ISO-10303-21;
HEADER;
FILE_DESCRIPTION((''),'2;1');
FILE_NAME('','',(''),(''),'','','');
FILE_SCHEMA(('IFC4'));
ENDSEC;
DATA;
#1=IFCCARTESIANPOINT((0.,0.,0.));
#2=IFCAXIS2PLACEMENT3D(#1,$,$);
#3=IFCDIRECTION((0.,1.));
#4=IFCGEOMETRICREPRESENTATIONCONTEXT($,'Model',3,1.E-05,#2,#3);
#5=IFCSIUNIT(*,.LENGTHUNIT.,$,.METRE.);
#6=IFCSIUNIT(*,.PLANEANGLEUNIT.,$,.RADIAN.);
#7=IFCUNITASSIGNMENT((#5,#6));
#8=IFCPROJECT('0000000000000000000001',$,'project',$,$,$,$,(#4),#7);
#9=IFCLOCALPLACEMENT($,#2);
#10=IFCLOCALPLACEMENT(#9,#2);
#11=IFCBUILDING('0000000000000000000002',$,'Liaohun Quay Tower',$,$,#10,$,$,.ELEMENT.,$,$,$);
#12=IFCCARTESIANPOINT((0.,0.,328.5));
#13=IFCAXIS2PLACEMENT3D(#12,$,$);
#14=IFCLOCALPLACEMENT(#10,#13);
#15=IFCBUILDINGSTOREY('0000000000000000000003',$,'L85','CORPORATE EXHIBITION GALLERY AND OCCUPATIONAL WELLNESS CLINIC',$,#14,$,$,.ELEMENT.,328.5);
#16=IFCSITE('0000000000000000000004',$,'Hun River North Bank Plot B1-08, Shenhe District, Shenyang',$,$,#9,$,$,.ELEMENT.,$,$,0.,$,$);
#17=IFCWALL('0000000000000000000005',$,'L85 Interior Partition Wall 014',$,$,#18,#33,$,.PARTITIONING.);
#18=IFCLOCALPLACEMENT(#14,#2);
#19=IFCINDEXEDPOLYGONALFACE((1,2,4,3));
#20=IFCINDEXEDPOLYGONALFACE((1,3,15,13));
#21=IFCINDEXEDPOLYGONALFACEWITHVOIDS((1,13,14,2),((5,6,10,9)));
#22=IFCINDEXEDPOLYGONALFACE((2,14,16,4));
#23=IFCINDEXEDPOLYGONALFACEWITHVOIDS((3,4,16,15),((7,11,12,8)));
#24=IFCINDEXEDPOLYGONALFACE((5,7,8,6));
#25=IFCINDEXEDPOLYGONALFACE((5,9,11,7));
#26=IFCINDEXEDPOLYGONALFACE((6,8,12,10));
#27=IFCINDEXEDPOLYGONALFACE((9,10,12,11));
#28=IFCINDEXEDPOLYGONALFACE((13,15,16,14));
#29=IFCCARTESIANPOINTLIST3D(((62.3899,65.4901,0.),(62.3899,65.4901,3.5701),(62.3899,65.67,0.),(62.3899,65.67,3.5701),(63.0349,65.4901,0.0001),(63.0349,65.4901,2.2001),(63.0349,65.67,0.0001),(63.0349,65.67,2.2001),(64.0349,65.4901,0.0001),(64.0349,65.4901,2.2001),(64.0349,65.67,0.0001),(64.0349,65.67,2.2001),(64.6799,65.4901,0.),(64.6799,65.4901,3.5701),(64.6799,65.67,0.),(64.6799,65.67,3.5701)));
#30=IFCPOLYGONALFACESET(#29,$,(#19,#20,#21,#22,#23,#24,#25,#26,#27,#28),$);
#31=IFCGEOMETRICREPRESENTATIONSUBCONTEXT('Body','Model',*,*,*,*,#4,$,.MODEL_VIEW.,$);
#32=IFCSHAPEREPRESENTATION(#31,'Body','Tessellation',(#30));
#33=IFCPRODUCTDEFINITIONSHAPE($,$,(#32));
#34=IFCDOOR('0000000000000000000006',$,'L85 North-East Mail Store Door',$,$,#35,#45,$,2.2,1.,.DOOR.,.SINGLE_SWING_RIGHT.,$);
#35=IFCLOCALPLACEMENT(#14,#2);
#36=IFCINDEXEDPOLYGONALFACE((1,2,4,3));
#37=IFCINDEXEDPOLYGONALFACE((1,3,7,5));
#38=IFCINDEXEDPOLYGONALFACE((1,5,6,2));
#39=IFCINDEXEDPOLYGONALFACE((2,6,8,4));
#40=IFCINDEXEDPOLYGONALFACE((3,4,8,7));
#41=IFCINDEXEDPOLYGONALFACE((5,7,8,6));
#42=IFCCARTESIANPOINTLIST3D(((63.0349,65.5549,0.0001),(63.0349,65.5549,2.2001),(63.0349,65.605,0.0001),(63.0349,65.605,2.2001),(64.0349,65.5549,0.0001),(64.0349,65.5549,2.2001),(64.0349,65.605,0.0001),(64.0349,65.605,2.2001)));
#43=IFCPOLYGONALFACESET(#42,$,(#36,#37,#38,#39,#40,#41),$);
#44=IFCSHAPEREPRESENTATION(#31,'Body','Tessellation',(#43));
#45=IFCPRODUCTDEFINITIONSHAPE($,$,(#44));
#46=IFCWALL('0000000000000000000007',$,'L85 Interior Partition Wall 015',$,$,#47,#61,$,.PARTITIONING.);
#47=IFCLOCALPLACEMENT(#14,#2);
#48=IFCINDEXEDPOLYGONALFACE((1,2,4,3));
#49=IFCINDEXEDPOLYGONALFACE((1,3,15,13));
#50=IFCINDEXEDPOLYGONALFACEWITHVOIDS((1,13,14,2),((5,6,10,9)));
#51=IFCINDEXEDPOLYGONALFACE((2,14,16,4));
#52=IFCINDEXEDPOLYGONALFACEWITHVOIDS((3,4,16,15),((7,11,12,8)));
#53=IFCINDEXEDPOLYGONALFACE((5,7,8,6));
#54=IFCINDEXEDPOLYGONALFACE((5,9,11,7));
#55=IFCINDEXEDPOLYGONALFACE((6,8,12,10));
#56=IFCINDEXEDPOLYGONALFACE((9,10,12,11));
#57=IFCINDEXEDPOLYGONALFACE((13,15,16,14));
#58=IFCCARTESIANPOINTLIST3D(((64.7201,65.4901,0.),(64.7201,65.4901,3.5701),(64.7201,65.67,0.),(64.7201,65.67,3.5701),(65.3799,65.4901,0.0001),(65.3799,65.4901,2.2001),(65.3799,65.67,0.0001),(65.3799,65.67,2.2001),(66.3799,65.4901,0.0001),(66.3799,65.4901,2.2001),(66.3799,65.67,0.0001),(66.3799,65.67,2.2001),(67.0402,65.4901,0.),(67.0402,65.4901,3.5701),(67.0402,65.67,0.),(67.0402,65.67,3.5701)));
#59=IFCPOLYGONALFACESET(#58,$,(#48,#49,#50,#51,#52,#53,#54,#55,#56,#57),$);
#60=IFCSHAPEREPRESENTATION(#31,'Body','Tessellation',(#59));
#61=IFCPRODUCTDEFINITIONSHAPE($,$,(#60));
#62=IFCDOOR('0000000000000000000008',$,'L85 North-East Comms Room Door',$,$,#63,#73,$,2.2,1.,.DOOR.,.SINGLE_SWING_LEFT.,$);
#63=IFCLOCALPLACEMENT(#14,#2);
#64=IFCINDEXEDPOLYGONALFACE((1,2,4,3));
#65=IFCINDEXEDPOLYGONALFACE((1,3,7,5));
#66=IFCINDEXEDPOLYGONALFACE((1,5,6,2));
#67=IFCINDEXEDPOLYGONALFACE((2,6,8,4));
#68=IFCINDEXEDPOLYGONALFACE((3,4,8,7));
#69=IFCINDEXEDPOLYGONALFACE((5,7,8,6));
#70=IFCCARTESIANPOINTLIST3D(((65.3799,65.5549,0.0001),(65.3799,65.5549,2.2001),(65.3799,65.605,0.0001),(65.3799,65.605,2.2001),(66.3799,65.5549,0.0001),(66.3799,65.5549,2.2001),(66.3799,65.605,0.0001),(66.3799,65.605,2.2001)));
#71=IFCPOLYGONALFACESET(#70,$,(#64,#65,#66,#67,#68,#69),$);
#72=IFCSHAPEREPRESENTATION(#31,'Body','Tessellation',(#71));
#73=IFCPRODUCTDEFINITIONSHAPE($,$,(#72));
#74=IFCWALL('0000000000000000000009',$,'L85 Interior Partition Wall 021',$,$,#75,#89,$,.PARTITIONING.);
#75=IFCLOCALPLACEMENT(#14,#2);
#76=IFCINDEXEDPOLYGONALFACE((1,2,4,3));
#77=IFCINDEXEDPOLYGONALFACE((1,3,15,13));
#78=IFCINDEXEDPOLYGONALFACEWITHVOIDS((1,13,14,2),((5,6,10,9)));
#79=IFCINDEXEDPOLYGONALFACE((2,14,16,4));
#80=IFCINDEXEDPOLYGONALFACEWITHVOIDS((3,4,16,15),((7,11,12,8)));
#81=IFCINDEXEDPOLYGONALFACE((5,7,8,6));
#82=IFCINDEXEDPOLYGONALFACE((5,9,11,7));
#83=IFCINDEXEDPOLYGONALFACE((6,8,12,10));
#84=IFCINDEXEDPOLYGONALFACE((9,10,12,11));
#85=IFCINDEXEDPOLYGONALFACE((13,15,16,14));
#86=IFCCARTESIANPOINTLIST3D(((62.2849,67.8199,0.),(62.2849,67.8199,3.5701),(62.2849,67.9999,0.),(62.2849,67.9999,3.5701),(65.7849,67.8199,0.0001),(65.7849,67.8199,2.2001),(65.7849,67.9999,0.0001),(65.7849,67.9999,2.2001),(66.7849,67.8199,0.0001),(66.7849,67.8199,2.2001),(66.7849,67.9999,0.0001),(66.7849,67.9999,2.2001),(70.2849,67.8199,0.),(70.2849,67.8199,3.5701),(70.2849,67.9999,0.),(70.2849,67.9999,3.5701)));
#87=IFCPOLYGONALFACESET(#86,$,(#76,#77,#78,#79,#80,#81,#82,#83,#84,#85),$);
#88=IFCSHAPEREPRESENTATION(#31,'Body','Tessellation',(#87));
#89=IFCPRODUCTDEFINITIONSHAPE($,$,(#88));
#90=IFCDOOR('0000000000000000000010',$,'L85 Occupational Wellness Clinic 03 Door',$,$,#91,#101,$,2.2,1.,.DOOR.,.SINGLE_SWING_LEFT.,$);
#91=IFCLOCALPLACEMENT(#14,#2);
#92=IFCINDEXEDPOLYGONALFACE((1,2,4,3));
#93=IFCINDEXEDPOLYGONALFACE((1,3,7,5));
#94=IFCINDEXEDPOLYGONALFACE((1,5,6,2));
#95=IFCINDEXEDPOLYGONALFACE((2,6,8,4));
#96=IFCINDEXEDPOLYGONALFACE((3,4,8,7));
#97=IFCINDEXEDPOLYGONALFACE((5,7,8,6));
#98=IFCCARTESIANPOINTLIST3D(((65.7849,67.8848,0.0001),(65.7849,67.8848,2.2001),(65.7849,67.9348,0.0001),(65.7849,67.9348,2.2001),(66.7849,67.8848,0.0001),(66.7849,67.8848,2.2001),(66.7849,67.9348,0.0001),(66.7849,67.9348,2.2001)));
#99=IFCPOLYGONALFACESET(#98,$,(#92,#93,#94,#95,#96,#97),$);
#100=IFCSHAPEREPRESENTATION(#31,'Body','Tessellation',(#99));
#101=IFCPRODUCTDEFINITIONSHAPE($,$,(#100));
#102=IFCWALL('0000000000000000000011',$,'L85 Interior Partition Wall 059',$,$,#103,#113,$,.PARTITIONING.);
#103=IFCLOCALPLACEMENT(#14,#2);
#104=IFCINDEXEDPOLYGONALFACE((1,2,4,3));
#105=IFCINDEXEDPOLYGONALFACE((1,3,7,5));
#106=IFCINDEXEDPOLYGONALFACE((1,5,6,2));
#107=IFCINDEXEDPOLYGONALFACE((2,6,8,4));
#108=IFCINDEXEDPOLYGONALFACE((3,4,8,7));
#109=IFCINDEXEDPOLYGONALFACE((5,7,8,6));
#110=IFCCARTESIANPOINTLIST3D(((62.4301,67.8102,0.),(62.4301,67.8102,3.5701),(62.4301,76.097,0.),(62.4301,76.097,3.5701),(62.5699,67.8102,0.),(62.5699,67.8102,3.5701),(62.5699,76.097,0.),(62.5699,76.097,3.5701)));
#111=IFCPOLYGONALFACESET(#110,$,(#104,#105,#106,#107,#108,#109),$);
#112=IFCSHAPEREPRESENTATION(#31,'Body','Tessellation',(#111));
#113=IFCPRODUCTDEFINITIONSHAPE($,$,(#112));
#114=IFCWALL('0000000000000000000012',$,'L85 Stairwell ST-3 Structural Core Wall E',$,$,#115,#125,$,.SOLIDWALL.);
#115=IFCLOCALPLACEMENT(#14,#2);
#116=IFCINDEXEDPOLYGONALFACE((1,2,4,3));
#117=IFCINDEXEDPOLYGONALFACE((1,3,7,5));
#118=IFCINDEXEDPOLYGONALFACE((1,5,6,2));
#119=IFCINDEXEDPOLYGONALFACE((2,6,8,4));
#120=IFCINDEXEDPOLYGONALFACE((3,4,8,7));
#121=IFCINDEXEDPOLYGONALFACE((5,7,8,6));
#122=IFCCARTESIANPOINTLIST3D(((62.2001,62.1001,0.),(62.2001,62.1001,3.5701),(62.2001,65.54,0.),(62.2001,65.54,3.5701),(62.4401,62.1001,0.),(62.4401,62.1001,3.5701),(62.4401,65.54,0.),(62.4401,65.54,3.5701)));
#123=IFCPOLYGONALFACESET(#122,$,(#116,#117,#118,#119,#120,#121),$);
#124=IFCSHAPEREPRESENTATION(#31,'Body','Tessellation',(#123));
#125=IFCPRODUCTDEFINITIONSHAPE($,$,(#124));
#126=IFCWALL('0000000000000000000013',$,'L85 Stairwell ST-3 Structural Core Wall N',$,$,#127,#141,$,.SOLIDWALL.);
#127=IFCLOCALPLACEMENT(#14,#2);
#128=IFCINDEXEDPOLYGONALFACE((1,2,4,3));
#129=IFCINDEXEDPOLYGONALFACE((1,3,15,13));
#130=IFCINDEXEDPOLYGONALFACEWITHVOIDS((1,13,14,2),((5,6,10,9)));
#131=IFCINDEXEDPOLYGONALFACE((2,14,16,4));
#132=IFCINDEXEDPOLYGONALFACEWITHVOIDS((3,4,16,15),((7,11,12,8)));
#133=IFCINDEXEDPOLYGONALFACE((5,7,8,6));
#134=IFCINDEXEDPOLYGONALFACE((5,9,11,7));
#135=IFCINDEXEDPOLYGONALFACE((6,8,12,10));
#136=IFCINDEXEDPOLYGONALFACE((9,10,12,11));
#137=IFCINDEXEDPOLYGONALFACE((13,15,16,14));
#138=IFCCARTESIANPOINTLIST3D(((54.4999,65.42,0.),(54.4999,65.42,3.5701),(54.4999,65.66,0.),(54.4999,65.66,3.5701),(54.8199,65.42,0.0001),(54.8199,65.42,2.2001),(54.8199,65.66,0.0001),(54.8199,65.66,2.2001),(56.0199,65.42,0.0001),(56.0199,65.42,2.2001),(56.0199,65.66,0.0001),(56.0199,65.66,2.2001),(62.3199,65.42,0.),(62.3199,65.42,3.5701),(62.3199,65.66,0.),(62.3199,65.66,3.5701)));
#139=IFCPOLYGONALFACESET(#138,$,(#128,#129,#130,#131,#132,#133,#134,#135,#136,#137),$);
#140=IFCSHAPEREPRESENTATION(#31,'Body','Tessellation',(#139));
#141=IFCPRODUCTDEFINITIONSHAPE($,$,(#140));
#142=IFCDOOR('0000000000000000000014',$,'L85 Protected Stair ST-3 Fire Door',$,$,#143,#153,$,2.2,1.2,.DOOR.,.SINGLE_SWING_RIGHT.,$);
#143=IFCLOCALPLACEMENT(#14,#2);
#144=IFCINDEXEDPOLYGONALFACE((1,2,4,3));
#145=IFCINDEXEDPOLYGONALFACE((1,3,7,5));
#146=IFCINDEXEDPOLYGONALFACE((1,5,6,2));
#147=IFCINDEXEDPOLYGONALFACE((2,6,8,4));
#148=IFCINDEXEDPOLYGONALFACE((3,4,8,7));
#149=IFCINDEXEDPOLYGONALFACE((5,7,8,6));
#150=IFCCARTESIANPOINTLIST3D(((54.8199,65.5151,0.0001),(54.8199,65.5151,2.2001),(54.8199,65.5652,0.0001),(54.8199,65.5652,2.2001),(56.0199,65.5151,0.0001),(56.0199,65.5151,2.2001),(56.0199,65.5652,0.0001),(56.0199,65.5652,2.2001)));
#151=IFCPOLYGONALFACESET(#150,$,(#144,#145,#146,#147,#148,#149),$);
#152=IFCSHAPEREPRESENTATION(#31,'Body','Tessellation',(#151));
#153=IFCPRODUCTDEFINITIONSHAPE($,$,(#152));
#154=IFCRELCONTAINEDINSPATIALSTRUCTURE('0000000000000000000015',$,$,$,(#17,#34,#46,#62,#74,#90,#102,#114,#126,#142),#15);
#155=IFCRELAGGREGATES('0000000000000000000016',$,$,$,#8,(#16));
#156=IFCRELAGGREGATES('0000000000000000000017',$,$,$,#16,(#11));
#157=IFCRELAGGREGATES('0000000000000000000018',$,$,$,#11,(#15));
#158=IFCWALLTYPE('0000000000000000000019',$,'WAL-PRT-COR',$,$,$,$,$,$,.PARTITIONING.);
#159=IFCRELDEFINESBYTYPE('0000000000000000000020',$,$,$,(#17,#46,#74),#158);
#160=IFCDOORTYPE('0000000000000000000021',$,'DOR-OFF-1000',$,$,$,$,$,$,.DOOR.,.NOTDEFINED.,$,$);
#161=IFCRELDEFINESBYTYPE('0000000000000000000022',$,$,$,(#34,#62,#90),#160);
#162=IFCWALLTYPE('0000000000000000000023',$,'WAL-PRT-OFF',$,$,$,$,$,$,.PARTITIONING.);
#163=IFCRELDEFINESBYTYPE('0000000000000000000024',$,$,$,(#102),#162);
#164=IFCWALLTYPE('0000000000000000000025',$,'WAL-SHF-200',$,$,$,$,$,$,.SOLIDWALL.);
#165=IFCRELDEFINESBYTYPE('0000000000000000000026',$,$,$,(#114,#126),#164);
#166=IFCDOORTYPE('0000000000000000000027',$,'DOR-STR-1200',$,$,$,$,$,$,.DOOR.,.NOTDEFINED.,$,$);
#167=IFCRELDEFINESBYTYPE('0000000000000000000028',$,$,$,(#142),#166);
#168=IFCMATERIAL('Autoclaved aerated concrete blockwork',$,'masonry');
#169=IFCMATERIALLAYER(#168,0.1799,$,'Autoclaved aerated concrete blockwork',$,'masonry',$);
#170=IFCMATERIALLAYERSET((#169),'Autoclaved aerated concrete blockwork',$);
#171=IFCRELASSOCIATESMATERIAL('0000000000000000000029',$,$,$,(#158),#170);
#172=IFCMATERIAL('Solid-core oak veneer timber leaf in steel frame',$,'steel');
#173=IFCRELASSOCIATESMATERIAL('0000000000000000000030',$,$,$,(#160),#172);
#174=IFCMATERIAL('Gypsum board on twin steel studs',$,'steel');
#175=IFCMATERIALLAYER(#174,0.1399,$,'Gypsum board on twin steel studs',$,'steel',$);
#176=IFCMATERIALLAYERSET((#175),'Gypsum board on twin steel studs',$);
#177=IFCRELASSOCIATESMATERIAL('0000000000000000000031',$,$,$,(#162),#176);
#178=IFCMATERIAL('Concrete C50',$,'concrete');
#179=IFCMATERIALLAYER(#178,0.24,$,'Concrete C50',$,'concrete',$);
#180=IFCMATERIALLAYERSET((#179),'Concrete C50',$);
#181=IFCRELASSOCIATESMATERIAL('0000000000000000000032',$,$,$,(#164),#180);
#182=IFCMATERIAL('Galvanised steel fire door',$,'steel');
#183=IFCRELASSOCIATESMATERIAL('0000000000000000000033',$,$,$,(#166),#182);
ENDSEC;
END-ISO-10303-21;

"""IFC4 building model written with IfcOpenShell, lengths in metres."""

from ifc_helpers import new_model, si_unit, direction, frame, frame_2d, origin, place, context, subcontext, project, spatial, rectangle, extrude, source, transform, mapped, material, layer, layer_set, type_object, element, fill, save


model = new_model("IFC4")

# Units and contexts
model_context = context("Model", 3, precision=1e-05, world=origin(), true_north=direction((0.0, 1.0)))
body_context = subcontext(model_context, "Body", "Model", "MODEL_VIEW")
ifc_project = project(units=[si_unit("LENGTHUNIT", "METRE"), si_unit("PLANEANGLEUNIT", "RADIAN")], contexts=[model_context])

# Site, building, storey
site_placement = place(None, origin())
site = spatial("IfcSite", under=ifc_project, at=site_placement, Name="Hun River North Bank Plot B1-08, Shenhe District, Shenyang", CompositionType="ELEMENT", RefElevation=0.0)
building_placement = place(site_placement, origin())
building = spatial("IfcBuilding", under=site, at=building_placement, Name="Liaohun Quay Tower", CompositionType="ELEMENT")
storey_placement = place(building_placement, frame((0.0, 0.0, 328.5)))
storey = spatial("IfcBuildingStorey", under=building, at=storey_placement, Name="L85", Description="CORPORATE EXHIBITION GALLERY AND OCCUPATIONAL WELLNESS CLINIC", CompositionType="ELEMENT", Elevation=328.5)

# Shared definitions
ifc_material_1 = material(Name="Concrete C50", Category="concrete")

# Walls, openings, doors
ifc_material_2 = material(Name="Autoclaved aerated concrete blockwork", Category="masonry")
ifc_layer_1 = layer(ifc_material_2, 0.1799, Name="Autoclaved aerated concrete blockwork", Category="masonry")
ifc_layer_set_1 = layer_set([ifc_layer_1], Name="Autoclaved aerated concrete blockwork")
wall_type_1 = type_object("IfcWallType", Name="WAL-PRT-COR", PredefinedType="PARTITIONING", material=ifc_layer_set_1)
wall_1_placement = place(storey_placement, frame((62.3899, 65.5801, 0.0), z_axis=(0.0, 0.0, 1.0), x_axis=(1.0, 0.0, 0.0)))
wall_1 = element("IfcWall", 1, at=wall_1_placement, inside=storey, type_object=wall_type_1, Name="L85 Interior Partition Wall 014", PredefinedType="PARTITIONING", context=body_context, shape_type="SweptSolid", body=[
    extrude(rectangle(XDim=2.29, YDim=0.1799, at=frame_2d((1.145, 0.0))), origin(), (0.0, 0.0, 1.0), 3.5701),
])
shared_shape_1 = source(origin(), body_context, "Body", "SweptSolid", [
    extrude(rectangle(XDim=1.0, YDim=2.2, at=frame_2d((0.5, 1.1001))), frame((0.0, 0.0999, 0.0), z_axis=(0.0, -1.0, 0.0), x_axis=(1.0, 0.0, 0.0)), (0.0, 0.0, 1.0), 0.2),
])
opening_1_placement = place(wall_1_placement, frame((0.645, 0.0, 0.0)))
opening_1 = element("IfcOpeningElement", 2, at=opening_1_placement, cuts=wall_1, PredefinedType="OPENING", context=body_context, shape_type="MappedRepresentation", body=[
    mapped(shared_shape_1, transform((0.0, 0.0, 0.0), x_axis=(1.0, 0.0, 0.0), y_axis=(0.0, 1.0, 0.0), z_axis=(0.0, 0.0, 1.0), scale=1.0)),
])
ifc_material_3 = material(Name="Solid-core oak veneer timber leaf in steel frame", Category="steel")
door_type_1 = type_object("IfcDoorType", Name="DOR-OFF-1000", OperationType="NOTDEFINED", PredefinedType="DOOR", material=ifc_material_3)
shared_shape_2 = source(origin(), body_context, "Body", "SweptSolid", [
    extrude(rectangle(XDim=1.0, YDim=2.2, at=frame_2d((0.5, 1.1001))), frame((0.0, 0.0249, 0.0), z_axis=(0.0, -1.0, 0.0), x_axis=(1.0, 0.0, 0.0)), (0.0, 0.0, 1.0), 0.05),
])
door_1_placement = place(opening_1_placement, origin())
door_1 = element("IfcDoor", 3, at=door_1_placement, inside=storey, type_object=door_type_1, Name="L85 North-East Mail Store Door", OperationType="SINGLE_SWING_RIGHT", OverallHeight=2.2, OverallWidth=1.0, PredefinedType="DOOR", context=body_context, shape_type="MappedRepresentation", body=[
    mapped(shared_shape_2, transform((0.0, 0.0, 0.0), x_axis=(1.0, 0.0, 0.0), y_axis=(0.0, 1.0, 0.0), z_axis=(0.0, 0.0, 1.0), scale=1.0)),
])
fill(opening_1, door_1)
wall_2_placement = place(storey_placement, frame((64.72, 65.5801, 0.0), z_axis=(0.0, 0.0, 1.0), x_axis=(1.0, 0.0, 0.0)))
wall_2 = element("IfcWall", 4, at=wall_2_placement, inside=storey, type_object=wall_type_1, Name="L85 Interior Partition Wall 015", PredefinedType="PARTITIONING", context=body_context, shape_type="SweptSolid", body=[
    extrude(rectangle(XDim=2.3201, YDim=0.1799, at=frame_2d((1.1602, 0.0))), origin(), (0.0, 0.0, 1.0), 3.5701),
])
opening_2_placement = place(wall_2_placement, frame((0.6599, 0.0, 0.0)))
opening_2 = element("IfcOpeningElement", 5, at=opening_2_placement, cuts=wall_2, PredefinedType="OPENING", context=body_context, shape_type="MappedRepresentation", body=[
    mapped(shared_shape_1, transform((0.0, 0.0, 0.0), x_axis=(1.0, 0.0, 0.0), y_axis=(0.0, 1.0, 0.0), z_axis=(0.0, 0.0, 1.0), scale=1.0)),
])
door_2_placement = place(opening_2_placement, origin())
door_2 = element("IfcDoor", 6, at=door_2_placement, inside=storey, type_object=door_type_1, Name="L85 North-East Comms Room Door", OperationType="SINGLE_SWING_LEFT", OverallHeight=2.2, OverallWidth=1.0, PredefinedType="DOOR", context=body_context, shape_type="MappedRepresentation", body=[
    mapped(shared_shape_2, transform((0.0, 0.0, 0.0), x_axis=(1.0, 0.0, 0.0), y_axis=(0.0, 1.0, 0.0), z_axis=(0.0, 0.0, 1.0), scale=1.0)),
])
fill(opening_2, door_2)
wall_3_placement = place(storey_placement, frame((62.2849, 67.9099, 0.0), z_axis=(0.0, 0.0, 1.0), x_axis=(1.0, 0.0, 0.0)))
wall_3 = element("IfcWall", 7, at=wall_3_placement, inside=storey, type_object=wall_type_1, Name="L85 Interior Partition Wall 021", PredefinedType="PARTITIONING", context=body_context, shape_type="SweptSolid", body=[
    extrude(rectangle(XDim=8.0, YDim=0.1799, at=frame_2d((4.0, 0.0))), origin(), (0.0, 0.0, 1.0), 3.5701),
])
opening_3_placement = place(wall_3_placement, frame((3.5, 0.0, 0.0)))
opening_3 = element("IfcOpeningElement", 8, at=opening_3_placement, cuts=wall_3, PredefinedType="OPENING", context=body_context, shape_type="MappedRepresentation", body=[
    mapped(shared_shape_1, transform((0.0, 0.0, 0.0), x_axis=(1.0, 0.0, 0.0), y_axis=(0.0, 1.0, 0.0), z_axis=(0.0, 0.0, 1.0), scale=1.0)),
])
door_3_placement = place(opening_3_placement, origin())
door_3 = element("IfcDoor", 9, at=door_3_placement, inside=storey, type_object=door_type_1, Name="L85 Occupational Wellness Clinic 03 Door", OperationType="SINGLE_SWING_LEFT", OverallHeight=2.2, OverallWidth=1.0, PredefinedType="DOOR", context=body_context, shape_type="MappedRepresentation", body=[
    mapped(shared_shape_2, transform((0.0, 0.0, 0.0), x_axis=(1.0, 0.0, 0.0), y_axis=(0.0, 1.0, 0.0), z_axis=(0.0, 0.0, 1.0), scale=1.0)),
])
fill(opening_3, door_3)

# Walls
ifc_material_4 = material(Name="Gypsum board on twin steel studs", Category="steel")
ifc_layer_2 = layer(ifc_material_4, 0.1399, Name="Gypsum board on twin steel studs", Category="steel")
ifc_layer_set_2 = layer_set([ifc_layer_2], Name="Gypsum board on twin steel studs")
wall_type_2 = type_object("IfcWallType", Name="WAL-PRT-OFF", PredefinedType="PARTITIONING", material=ifc_layer_set_2)
wall_4_placement = place(storey_placement, frame((62.5, 67.8101, 0.0), z_axis=(0.0, 0.0, 1.0), x_axis=(0.0, 1.0, 0.0)))
element("IfcWall", 10, at=wall_4_placement, inside=storey, type_object=wall_type_2, Name="L85 Interior Partition Wall 059", PredefinedType="PARTITIONING", context=body_context, shape_type="SweptSolid", body=[
    extrude(rectangle(XDim=8.2869, YDim=0.1399, at=frame_2d((4.1436, 0.0))), origin(), (0.0, 0.0, 1.0), 3.5701),
])
ifc_layer_3 = layer(ifc_material_1, 0.24, Name="Concrete C50", Category="concrete")
ifc_layer_set_3 = layer_set([ifc_layer_3], Name="Concrete C50")
wall_type_3 = type_object("IfcWallType", Name="WAL-SHF-200", PredefinedType="SOLIDWALL", material=ifc_layer_set_3)
wall_5_placement = place(storey_placement, frame((62.3201, 62.1001, 0.0), z_axis=(0.0, 0.0, 1.0), x_axis=(0.0, 1.0, 0.0)))
element("IfcWall", 11, at=wall_5_placement, inside=storey, type_object=wall_type_3, Name="L85 Stairwell ST-3 Structural Core Wall E", PredefinedType="SOLIDWALL", context=body_context, shape_type="SweptSolid", body=[
    extrude(rectangle(XDim=3.4399, YDim=0.24, at=frame_2d((1.72, 0.0))), origin(), (0.0, 0.0, 1.0), 3.5701),
])

# Wall, opening, door
wall_6_placement = place(storey_placement, frame((62.3201, 65.54, 0.0), z_axis=(0.0, 0.0, 1.0), x_axis=(-1.0, 0.0, 0.0)))
wall_6 = element("IfcWall", 12, at=wall_6_placement, inside=storey, type_object=wall_type_3, Name="L85 Stairwell ST-3 Structural Core Wall N", PredefinedType="SOLIDWALL", context=body_context, shape_type="SweptSolid", body=[
    extrude(rectangle(XDim=7.8201, YDim=0.24, at=frame_2d((3.9102, 0.0))), origin(), (0.0, 0.0, 1.0), 3.5701),
])
shared_shape_3 = source(origin(), body_context, "Body", "SweptSolid", [
    extrude(rectangle(XDim=1.2, YDim=2.2, at=frame_2d((0.6001, 1.1001))), frame((0.0, 0.1299, 0.0), z_axis=(0.0, -1.0, 0.0), x_axis=(1.0, 0.0, 0.0)), (0.0, 0.0, 1.0), 0.26),
])
opening_4_placement = place(wall_6_placement, frame((6.3, 0.0, 0.0)))
opening_4 = element("IfcOpeningElement", 13, at=opening_4_placement, cuts=wall_6, PredefinedType="OPENING", context=body_context, shape_type="MappedRepresentation", body=[
    mapped(shared_shape_3, transform((0.0, 0.0, 0.0), x_axis=(1.0, 0.0, 0.0), y_axis=(0.0, 1.0, 0.0), z_axis=(0.0, 0.0, 1.0), scale=1.0)),
])
ifc_material_5 = material(Name="Galvanised steel fire door", Category="steel")
door_type_2 = type_object("IfcDoorType", Name="DOR-STR-1200", OperationType="NOTDEFINED", PredefinedType="DOOR", material=ifc_material_5)
shared_shape_4 = source(origin(), body_context, "Body", "SweptSolid", [
    extrude(rectangle(XDim=1.2, YDim=2.2, at=frame_2d((0.6001, 1.1001))), frame((0.0, 0.0249, 0.0), z_axis=(0.0, -1.0, 0.0), x_axis=(1.0, 0.0, 0.0)), (0.0, 0.0, 1.0), 0.05),
])
door_4_placement = place(opening_4_placement, origin())
door_4 = element("IfcDoor", 14, at=door_4_placement, inside=storey, type_object=door_type_2, Name="L85 Protected Stair ST-3 Fire Door", OperationType="SINGLE_SWING_RIGHT", OverallHeight=2.2, OverallWidth=1.2, PredefinedType="DOOR", context=body_context, shape_type="MappedRepresentation", body=[
    mapped(shared_shape_4, transform((0.0, 0.0, 0.0), x_axis=(1.0, 0.0, 0.0), y_axis=(0.0, 1.0, 0.0), z_axis=(0.0, 0.0, 1.0), scale=1.0)),
])
fill(opening_4, door_4)

save(model, "model.ifc")
